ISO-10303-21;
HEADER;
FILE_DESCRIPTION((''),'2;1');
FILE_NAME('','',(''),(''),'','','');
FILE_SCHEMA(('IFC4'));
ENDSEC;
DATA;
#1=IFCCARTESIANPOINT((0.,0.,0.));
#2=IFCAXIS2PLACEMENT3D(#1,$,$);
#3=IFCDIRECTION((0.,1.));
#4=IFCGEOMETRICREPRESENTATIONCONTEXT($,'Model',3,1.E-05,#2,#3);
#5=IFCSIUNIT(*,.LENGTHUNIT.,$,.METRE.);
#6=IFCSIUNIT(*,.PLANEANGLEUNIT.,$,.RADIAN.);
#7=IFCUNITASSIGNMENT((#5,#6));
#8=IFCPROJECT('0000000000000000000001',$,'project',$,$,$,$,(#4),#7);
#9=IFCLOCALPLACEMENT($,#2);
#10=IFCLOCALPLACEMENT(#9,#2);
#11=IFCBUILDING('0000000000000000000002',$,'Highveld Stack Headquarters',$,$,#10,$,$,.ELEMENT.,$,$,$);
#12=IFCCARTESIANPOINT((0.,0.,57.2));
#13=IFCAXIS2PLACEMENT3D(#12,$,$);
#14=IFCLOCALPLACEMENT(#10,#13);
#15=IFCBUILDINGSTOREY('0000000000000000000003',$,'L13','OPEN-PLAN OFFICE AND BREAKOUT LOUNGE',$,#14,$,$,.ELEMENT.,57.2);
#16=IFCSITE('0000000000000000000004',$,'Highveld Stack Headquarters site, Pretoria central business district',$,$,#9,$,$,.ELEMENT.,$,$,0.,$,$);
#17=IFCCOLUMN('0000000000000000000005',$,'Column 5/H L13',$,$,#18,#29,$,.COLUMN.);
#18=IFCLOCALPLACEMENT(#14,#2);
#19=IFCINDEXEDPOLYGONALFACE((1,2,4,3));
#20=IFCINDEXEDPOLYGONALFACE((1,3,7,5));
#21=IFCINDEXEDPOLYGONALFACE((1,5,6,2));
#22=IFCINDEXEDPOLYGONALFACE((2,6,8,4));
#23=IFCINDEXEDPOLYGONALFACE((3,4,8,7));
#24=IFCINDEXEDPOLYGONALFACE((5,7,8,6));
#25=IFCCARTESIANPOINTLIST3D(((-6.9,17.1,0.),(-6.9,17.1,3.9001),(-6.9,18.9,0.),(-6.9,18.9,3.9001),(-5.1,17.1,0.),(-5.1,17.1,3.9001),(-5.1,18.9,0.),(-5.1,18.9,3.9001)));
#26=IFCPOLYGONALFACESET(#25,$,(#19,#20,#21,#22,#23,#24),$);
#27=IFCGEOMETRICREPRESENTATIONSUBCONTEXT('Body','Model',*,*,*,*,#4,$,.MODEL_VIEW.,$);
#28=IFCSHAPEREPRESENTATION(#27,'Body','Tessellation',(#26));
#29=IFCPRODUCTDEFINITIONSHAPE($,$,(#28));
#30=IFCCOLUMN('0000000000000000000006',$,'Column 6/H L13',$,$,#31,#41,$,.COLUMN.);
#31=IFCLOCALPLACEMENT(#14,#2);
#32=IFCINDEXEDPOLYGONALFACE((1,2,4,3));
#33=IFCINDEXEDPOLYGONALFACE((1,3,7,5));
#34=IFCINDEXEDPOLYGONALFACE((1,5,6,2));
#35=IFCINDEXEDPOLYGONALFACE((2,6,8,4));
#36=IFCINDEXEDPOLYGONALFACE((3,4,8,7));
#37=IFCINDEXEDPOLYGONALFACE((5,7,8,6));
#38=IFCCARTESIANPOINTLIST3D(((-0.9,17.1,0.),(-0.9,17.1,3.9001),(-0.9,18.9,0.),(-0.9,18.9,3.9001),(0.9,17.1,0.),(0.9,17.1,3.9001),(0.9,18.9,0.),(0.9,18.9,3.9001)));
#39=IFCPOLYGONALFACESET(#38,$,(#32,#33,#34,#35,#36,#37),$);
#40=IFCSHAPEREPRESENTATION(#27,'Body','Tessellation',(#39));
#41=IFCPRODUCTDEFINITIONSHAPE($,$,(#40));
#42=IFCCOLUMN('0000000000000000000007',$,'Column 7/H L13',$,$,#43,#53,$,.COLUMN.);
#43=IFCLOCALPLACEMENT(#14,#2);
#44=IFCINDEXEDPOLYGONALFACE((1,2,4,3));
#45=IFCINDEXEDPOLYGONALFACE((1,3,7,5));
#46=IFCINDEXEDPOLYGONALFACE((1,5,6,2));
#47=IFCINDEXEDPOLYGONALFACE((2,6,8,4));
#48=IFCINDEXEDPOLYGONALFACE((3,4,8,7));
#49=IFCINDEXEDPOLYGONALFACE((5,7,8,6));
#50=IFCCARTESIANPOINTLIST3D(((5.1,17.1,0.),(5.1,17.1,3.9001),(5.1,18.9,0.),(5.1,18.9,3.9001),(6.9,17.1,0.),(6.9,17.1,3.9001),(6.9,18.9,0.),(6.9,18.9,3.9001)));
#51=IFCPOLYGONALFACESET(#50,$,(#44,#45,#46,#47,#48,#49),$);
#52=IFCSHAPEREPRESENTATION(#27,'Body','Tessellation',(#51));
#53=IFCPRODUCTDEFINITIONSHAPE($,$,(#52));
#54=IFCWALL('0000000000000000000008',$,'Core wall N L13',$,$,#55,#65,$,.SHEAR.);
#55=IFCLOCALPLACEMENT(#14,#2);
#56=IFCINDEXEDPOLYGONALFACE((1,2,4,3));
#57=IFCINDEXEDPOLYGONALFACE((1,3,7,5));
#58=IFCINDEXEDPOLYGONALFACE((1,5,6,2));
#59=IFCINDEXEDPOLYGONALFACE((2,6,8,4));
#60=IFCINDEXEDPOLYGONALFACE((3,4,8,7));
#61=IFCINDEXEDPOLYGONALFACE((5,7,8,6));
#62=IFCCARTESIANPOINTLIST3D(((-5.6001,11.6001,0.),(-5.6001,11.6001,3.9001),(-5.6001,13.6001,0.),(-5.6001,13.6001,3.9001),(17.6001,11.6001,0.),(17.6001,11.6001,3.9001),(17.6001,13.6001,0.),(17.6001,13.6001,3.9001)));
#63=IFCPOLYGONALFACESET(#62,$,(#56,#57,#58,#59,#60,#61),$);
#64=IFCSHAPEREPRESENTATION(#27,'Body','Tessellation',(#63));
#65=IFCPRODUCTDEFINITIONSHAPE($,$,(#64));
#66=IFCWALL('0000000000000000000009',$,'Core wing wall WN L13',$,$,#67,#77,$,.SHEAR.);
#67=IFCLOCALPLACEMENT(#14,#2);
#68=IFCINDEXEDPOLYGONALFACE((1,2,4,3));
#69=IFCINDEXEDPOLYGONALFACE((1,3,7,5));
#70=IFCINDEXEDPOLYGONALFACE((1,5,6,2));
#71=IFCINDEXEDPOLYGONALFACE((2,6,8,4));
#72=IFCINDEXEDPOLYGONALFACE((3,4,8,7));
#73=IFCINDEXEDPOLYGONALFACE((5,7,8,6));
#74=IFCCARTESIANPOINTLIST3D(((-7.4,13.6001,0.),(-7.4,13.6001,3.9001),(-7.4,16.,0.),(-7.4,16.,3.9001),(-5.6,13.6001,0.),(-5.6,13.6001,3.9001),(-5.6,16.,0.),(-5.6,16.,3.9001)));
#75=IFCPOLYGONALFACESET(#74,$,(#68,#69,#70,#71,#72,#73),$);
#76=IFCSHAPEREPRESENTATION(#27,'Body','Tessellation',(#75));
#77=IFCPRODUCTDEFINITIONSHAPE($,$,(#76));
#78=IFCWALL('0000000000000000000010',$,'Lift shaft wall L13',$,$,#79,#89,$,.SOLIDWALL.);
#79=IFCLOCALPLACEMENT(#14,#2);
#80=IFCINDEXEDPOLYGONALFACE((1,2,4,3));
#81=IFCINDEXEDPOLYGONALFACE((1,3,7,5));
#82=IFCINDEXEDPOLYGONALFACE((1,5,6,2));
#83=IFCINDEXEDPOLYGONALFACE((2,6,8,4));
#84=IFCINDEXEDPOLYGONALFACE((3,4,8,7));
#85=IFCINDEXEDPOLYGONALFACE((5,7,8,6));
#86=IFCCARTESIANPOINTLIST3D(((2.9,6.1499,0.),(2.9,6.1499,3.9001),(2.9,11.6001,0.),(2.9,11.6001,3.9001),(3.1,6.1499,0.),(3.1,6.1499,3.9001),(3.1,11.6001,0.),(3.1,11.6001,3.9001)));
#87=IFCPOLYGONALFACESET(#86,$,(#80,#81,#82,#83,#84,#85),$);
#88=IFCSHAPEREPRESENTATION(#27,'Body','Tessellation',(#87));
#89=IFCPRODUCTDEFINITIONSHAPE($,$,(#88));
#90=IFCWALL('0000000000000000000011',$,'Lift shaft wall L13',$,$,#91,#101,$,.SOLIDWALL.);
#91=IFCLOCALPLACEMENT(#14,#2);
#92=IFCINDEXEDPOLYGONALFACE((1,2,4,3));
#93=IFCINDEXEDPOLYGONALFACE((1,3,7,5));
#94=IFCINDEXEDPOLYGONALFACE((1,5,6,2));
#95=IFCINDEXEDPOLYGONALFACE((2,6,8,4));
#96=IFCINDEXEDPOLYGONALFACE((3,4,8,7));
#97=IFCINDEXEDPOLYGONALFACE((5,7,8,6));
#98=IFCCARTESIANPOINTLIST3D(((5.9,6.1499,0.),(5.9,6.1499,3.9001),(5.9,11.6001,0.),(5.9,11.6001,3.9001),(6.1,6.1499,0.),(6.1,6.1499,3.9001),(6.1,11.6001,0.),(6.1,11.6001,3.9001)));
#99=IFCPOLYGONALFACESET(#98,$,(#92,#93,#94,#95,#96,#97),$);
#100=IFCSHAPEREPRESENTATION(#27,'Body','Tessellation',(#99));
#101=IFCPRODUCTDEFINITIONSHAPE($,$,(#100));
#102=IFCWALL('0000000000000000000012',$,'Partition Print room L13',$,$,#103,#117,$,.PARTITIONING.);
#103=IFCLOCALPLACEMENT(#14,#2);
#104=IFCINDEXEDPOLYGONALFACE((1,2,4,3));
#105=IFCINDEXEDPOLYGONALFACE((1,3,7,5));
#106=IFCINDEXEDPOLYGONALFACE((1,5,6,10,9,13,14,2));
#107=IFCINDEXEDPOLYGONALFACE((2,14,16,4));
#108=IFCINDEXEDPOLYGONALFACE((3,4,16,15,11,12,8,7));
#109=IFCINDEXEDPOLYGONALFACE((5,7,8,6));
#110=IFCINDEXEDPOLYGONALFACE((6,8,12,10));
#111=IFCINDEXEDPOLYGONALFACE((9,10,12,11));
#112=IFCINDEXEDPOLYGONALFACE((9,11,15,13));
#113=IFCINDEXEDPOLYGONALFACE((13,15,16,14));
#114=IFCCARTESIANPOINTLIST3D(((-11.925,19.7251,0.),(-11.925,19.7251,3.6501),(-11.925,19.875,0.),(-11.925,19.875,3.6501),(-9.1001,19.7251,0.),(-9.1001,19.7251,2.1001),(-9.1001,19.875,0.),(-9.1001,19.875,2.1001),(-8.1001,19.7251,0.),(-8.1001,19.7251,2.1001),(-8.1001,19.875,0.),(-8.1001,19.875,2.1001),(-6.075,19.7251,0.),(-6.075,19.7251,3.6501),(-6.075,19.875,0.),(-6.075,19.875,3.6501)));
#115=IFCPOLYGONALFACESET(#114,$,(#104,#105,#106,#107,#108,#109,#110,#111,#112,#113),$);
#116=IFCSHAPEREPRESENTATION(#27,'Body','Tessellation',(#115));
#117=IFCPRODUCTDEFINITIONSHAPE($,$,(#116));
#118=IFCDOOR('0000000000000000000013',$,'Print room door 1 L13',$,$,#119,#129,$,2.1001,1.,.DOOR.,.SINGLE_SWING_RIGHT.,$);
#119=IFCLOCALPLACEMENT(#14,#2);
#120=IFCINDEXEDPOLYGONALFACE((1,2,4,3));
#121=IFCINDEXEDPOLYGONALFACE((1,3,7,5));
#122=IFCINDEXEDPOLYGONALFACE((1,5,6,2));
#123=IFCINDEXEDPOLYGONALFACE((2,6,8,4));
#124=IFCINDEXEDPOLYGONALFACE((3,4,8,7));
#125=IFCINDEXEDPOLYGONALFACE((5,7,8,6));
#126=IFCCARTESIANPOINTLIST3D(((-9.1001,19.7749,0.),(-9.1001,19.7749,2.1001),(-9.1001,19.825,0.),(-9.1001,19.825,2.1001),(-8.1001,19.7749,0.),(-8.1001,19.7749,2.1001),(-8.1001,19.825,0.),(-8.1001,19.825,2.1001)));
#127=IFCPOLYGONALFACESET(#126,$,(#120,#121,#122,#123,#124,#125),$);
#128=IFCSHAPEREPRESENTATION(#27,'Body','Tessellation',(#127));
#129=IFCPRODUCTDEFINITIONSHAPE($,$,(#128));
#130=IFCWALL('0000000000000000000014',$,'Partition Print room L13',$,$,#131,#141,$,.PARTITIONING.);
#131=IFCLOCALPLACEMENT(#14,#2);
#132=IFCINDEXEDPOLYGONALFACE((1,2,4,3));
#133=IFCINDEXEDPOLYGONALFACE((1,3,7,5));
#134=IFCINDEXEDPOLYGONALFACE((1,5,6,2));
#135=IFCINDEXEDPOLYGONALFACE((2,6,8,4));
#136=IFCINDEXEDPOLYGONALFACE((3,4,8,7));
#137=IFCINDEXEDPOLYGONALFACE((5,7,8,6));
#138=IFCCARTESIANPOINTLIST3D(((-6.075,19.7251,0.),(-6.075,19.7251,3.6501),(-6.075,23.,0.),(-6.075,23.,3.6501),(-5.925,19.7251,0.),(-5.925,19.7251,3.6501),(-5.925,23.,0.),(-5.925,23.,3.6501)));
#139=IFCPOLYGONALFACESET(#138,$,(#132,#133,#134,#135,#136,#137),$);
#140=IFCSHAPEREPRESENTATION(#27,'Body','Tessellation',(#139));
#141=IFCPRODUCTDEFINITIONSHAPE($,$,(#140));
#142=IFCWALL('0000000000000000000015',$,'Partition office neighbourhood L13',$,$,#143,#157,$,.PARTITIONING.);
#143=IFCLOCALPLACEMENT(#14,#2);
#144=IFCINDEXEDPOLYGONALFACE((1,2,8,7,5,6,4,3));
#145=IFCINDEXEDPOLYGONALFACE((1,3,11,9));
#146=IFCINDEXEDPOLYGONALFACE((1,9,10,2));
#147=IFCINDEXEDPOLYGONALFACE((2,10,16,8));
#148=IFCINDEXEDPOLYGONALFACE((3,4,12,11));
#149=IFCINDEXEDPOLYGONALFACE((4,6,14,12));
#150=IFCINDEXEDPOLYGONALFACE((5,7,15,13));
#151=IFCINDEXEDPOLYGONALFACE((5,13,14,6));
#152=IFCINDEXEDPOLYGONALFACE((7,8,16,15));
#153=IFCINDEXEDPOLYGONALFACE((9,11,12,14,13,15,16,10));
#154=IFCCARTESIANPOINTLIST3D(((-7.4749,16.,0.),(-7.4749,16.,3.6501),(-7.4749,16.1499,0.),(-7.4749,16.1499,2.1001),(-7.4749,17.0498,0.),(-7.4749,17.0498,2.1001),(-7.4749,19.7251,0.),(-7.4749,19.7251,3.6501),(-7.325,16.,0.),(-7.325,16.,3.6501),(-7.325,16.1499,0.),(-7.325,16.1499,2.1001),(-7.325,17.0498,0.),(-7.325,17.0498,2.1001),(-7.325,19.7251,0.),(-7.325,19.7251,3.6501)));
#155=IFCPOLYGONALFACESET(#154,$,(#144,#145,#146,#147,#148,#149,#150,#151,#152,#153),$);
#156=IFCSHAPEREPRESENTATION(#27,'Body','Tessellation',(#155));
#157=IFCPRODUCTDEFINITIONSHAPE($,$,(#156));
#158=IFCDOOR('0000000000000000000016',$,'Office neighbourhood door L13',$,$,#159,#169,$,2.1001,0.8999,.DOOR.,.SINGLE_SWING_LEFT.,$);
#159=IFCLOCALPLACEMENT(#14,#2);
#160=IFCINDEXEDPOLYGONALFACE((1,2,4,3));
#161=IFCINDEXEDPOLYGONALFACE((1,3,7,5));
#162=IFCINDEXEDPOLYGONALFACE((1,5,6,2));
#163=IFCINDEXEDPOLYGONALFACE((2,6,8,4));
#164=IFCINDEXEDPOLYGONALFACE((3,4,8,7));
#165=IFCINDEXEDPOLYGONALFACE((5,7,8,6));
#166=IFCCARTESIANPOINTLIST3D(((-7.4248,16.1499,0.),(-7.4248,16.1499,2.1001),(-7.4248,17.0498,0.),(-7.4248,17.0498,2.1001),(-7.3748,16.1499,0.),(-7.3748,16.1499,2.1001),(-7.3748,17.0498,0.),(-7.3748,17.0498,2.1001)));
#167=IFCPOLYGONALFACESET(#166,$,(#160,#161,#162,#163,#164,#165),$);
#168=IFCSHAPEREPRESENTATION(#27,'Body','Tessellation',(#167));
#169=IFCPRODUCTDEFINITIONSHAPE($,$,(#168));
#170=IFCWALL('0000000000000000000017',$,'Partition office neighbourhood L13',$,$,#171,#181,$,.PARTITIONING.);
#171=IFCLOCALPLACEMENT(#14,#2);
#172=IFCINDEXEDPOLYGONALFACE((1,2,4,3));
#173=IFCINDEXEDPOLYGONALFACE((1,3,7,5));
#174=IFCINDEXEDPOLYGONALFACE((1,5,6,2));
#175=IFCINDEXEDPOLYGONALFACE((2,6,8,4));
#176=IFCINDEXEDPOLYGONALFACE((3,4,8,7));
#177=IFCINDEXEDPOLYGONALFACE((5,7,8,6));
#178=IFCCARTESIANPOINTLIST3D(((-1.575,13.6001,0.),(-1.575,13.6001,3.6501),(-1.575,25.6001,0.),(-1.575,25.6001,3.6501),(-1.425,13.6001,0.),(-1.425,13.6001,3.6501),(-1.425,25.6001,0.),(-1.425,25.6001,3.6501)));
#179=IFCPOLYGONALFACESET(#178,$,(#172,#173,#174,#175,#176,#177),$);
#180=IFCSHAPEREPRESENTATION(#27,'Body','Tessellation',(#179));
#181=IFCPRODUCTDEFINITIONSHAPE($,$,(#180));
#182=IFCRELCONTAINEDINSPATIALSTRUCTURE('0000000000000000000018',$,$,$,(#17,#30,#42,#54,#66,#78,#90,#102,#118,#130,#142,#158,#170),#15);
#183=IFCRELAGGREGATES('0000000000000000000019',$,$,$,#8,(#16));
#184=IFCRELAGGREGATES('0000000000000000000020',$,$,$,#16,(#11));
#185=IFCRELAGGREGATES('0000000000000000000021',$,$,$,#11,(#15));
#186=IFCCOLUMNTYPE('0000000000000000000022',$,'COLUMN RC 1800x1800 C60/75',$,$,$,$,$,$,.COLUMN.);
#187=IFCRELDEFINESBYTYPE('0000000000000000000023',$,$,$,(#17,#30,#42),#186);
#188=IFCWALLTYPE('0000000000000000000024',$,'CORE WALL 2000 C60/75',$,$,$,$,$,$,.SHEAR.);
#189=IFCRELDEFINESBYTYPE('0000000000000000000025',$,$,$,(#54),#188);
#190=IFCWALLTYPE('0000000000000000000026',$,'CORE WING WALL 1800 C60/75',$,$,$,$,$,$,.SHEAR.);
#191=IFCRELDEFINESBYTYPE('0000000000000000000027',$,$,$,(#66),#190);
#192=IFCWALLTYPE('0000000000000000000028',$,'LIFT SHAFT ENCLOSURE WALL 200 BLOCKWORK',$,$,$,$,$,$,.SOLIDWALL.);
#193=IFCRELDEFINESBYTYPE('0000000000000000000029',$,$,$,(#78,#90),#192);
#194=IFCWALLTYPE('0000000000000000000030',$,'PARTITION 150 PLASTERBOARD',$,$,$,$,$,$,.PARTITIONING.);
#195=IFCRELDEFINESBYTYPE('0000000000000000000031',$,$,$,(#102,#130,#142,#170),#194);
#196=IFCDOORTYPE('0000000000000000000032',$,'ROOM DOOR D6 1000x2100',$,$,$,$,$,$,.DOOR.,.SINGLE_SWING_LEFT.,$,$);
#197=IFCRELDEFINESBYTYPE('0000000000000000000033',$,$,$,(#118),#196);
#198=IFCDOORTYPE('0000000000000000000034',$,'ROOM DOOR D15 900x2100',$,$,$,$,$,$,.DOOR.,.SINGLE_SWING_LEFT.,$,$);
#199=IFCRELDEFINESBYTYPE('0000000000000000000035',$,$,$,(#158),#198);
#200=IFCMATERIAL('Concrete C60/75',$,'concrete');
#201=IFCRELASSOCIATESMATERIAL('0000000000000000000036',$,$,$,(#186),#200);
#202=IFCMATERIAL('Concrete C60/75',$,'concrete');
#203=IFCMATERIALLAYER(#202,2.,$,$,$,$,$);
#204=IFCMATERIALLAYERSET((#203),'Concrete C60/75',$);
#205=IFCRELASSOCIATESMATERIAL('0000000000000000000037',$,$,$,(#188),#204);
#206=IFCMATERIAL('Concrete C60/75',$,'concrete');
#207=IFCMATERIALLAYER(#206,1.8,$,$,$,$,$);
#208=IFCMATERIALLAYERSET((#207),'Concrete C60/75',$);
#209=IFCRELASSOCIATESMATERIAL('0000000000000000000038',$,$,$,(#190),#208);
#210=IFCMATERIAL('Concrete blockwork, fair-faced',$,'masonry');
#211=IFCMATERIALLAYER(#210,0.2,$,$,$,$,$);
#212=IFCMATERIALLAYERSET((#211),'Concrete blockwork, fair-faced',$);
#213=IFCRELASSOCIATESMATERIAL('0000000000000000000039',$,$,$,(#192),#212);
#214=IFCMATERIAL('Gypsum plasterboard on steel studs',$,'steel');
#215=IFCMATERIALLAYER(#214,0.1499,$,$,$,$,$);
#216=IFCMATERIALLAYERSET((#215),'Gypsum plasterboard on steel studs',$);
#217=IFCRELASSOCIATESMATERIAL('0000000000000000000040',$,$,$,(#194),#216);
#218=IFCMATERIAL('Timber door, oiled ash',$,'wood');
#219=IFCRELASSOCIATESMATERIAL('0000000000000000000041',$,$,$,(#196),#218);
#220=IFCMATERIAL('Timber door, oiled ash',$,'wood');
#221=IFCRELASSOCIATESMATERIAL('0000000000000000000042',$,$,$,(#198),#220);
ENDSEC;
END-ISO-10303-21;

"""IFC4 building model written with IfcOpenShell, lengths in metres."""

from ifc_helpers import new_model, si_unit, direction, frame, frame_2d, origin, origin_2d, place, context, subcontext, project, spatial, rectangle, extrude, material, layer, layer_set, material_profile, profile_set, type_object, element, fill, save


model = new_model("IFC4")

# Units and contexts
model_context = context("Model", 3, precision=1e-05, world=origin(), true_north=direction((0.0, 1.0)))
body_context = subcontext(model_context, "Body", "Model", "MODEL_VIEW")
ifc_project = project(units=[si_unit("LENGTHUNIT", "METRE"), si_unit("PLANEANGLEUNIT", "RADIAN")], contexts=[model_context])

# Site, building, storey
site_placement = place(None, origin())
site = spatial("IfcSite", under=ifc_project, at=site_placement, Name="Highveld Stack Headquarters site, Pretoria central business district", CompositionType="ELEMENT", RefElevation=0.0)
building_placement = place(site_placement, origin())
building = spatial("IfcBuilding", under=site, at=building_placement, Name="Highveld Stack Headquarters", CompositionType="ELEMENT")
storey_placement = place(building_placement, frame((0.0, 0.0, 57.2)))
storey = spatial("IfcBuildingStorey", under=building, at=storey_placement, Name="L13", Description="OPEN-PLAN OFFICE AND BREAKOUT LOUNGE", CompositionType="ELEMENT", Elevation=57.2)

# Columns
ifc_material_1 = material(Name="Concrete C60/75", Category="concrete")
ifc_material_profile = material_profile(ifc_material_1, rectangle(XDim=1.8, YDim=1.8, at=origin_2d()), Name="RC 1800x1800")
ifc_profile_set = profile_set([ifc_material_profile], Name="Concrete C60/75")
column_type = type_object("IfcColumnType", Name="COLUMN RC 1800x1800 C60/75", PredefinedType="COLUMN", material=ifc_profile_set)
for number, where, z_axis, x_axis, name in (
    (1, (-6.0, 18.0, 0.0), (0.0, 0.0, 1.0), (1.0, 0.0, 0.0), "Column 5/H L13"),
    (2, (0.0, 18.0, 0.0), (0.0, 0.0, 1.0), (1.0, 0.0, 0.0), "Column 6/H L13"),
    (3, (6.0, 18.0, 0.0), (0.0, 0.0, 1.0), (1.0, 0.0, 0.0), "Column 7/H L13"),
):
    element("IfcColumn", number, at=place(storey_placement, frame(where, z_axis=z_axis, x_axis=x_axis)), inside=storey, type_object=column_type, Name=name, PredefinedType="COLUMN", context=body_context, shape_type="SweptSolid", body=[
        extrude(rectangle(XDim=1.8, YDim=1.8, at=origin_2d()), origin(), (0.0, 0.0, 1.0), 3.9001),
    ])

# Walls
ifc_material_2 = material(Name="Concrete C60/75", Category="concrete")
ifc_layer_1 = layer(ifc_material_2, 2.0)
ifc_layer_set_1 = layer_set([ifc_layer_1], Name="Concrete C60/75")
wall_type_1 = type_object("IfcWallType", Name="CORE WALL 2000 C60/75", PredefinedType="SHEAR", material=ifc_layer_set_1)
wall_1_placement = place(storey_placement, frame((-5.6001, 12.6001, 0.0), z_axis=(0.0, 0.0, 1.0), x_axis=(1.0, 0.0, 0.0)))
element("IfcWall", 4, at=wall_1_placement, inside=storey, type_object=wall_type_1, Name="Core wall N L13", PredefinedType="SHEAR", context=body_context, shape_type="SweptSolid", body=[
    extrude(rectangle(XDim=23.2002, YDim=2.0, at=frame_2d((11.6001, 0.0))), origin(), (0.0, 0.0, 1.0), 3.9001),
])
ifc_material_3 = material(Name="Concrete C60/75", Category="concrete")
ifc_layer_2 = layer(ifc_material_3, 1.8)
ifc_layer_set_2 = layer_set([ifc_layer_2], Name="Concrete C60/75")
wall_type_2 = type_object("IfcWallType", Name="CORE WING WALL 1800 C60/75", PredefinedType="SHEAR", material=ifc_layer_set_2)
wall_2_placement = place(storey_placement, frame((-6.5, 13.6001, 0.0), z_axis=(0.0, 0.0, 1.0), x_axis=(0.0, 1.0, 0.0)))
element("IfcWall", 5, at=wall_2_placement, inside=storey, type_object=wall_type_2, Name="Core wing wall WN L13", PredefinedType="SHEAR", context=body_context, shape_type="SweptSolid", body=[
    extrude(rectangle(XDim=2.3999, YDim=1.8, at=frame_2d((1.2, 0.0))), origin(), (0.0, 0.0, 1.0), 3.9001),
])
ifc_material_4 = material(Name="Concrete blockwork, fair-faced", Category="masonry")
ifc_layer_3 = layer(ifc_material_4, 0.2)
ifc_layer_set_3 = layer_set([ifc_layer_3], Name="Concrete blockwork, fair-faced")
wall_type_3 = type_object("IfcWallType", Name="LIFT SHAFT ENCLOSURE WALL 200 BLOCKWORK", PredefinedType="SOLIDWALL", material=ifc_layer_set_3)
for number, where, z_axis, x_axis, name in (
    (6, (3.0, 6.1499, 0.0), (0.0, 0.0, 1.0), (0.0, 1.0, 0.0), "Lift shaft wall L13"),
    (7, (6.0, 6.1499, 0.0), (0.0, 0.0, 1.0), (0.0, 1.0, 0.0), "Lift shaft wall L13"),
):
    element("IfcWall", number, at=place(storey_placement, frame(where, z_axis=z_axis, x_axis=x_axis)), inside=storey, type_object=wall_type_3, Name=name, PredefinedType="SOLIDWALL", context=body_context, shape_type="SweptSolid", body=[
        extrude(rectangle(XDim=5.4502, YDim=0.2, at=frame_2d((2.7251, 0.0))), origin(), (0.0, 0.0, 1.0), 3.9001),
    ])

# Wall, opening, door
ifc_material_5 = material(Name="Gypsum plasterboard on steel studs", Category="steel")
ifc_layer_4 = layer(ifc_material_5, 0.1499)
ifc_layer_set_4 = layer_set([ifc_layer_4], Name="Gypsum plasterboard on steel studs")
wall_type_4 = type_object("IfcWallType", Name="PARTITION 150 PLASTERBOARD", PredefinedType="PARTITIONING", material=ifc_layer_set_4)
wall_3_placement = place(storey_placement, frame((-11.925, 19.8, 0.0), z_axis=(0.0, 0.0, 1.0), x_axis=(1.0, 0.0, 0.0)))
wall_3 = element("IfcWall", 8, at=wall_3_placement, inside=storey, type_object=wall_type_4, Name="Partition Print room L13", PredefinedType="PARTITIONING", context=body_context, shape_type="SweptSolid", body=[
    extrude(rectangle(XDim=5.8501, YDim=0.1499, at=frame_2d((2.925, 0.0))), origin(), (0.0, 0.0, 1.0), 3.6501),
])
opening_1_placement = place(wall_3_placement, frame((2.825, 0.0, 0.0)))
opening_1 = element("IfcOpeningElement", 9, at=opening_1_placement, cuts=wall_3, PredefinedType="OPENING", context=body_context, shape_type="SweptSolid", body=[
    extrude(rectangle(XDim=1.0, YDim=2.1001, at=frame_2d((0.5, 1.05))), frame((0.0, 0.085, 0.0), z_axis=(0.0, -1.0, 0.0), x_axis=(1.0, 0.0, 0.0)), (0.0, 0.0, 1.0), 0.1699),
])
ifc_material_6 = material(Name="Timber door, oiled ash", Category="wood")
door_type_1 = type_object("IfcDoorType", Name="ROOM DOOR D6 1000x2100", OperationType="SINGLE_SWING_LEFT", PredefinedType="DOOR", material=ifc_material_6)
door_1_placement = place(opening_1_placement, origin())
door_1 = element("IfcDoor", 10, at=door_1_placement, inside=storey, type_object=door_type_1, Name="Print room door 1 L13", OperationType="SINGLE_SWING_RIGHT", OverallHeight=2.1001, OverallWidth=1.0, PredefinedType="DOOR", context=body_context, shape_type="SweptSolid", body=[
    extrude(rectangle(XDim=1.0, YDim=2.1001, at=frame_2d((0.5, 1.05))), frame((0.0, 0.0249, 0.0), z_axis=(0.0, -1.0, 0.0), x_axis=(1.0, 0.0, 0.0)), (0.0, 0.0, 1.0), 0.05),
])
fill(opening_1, door_1)

# Wall
wall_4_placement = place(storey_placement, frame((-6.0, 19.7251, 0.0), z_axis=(0.0, 0.0, 1.0), x_axis=(0.0, 1.0, 0.0)))
element("IfcWall", 11, at=wall_4_placement, inside=storey, type_object=wall_type_4, Name="Partition Print room L13", PredefinedType="PARTITIONING", context=body_context, shape_type="SweptSolid", body=[
    extrude(rectangle(XDim=3.2749, YDim=0.1499, at=frame_2d((1.6375, 0.0))), origin(), (0.0, 0.0, 1.0), 3.6501),
])

# Wall, opening, door
wall_5_placement = place(storey_placement, frame((-7.3999, 16.0, 0.0), z_axis=(0.0, 0.0, 1.0), x_axis=(0.0, 1.0, 0.0)))
wall_5 = element("IfcWall", 12, at=wall_5_placement, inside=storey, type_object=wall_type_4, Name="Partition office neighbourhood L13", PredefinedType="PARTITIONING", context=body_context, shape_type="SweptSolid", body=[
    extrude(rectangle(XDim=3.7251, YDim=0.1499, at=frame_2d((1.8625, 0.0))), origin(), (0.0, 0.0, 1.0), 3.6501),
])
opening_2_placement = place(wall_5_placement, frame((0.1499, 0.0, 0.0)))
opening_2 = element("IfcOpeningElement", 13, at=opening_2_placement, cuts=wall_5, PredefinedType="OPENING", context=body_context, shape_type="SweptSolid", body=[
    extrude(rectangle(XDim=0.8999, YDim=2.1001, at=frame_2d((0.45, 1.05))), frame((0.0, 0.085, 0.0), z_axis=(0.0, -1.0, 0.0), x_axis=(1.0, 0.0, 0.0)), (0.0, 0.0, 1.0), 0.1699),
])
ifc_material_7 = material(Name="Timber door, oiled ash", Category="wood")
door_type_2 = type_object("IfcDoorType", Name="ROOM DOOR D15 900x2100", OperationType="SINGLE_SWING_LEFT", PredefinedType="DOOR", material=ifc_material_7)
door_2_placement = place(opening_2_placement, origin())
door_2 = element("IfcDoor", 14, at=door_2_placement, inside=storey, type_object=door_type_2, Name="Office neighbourhood door L13", OperationType="SINGLE_SWING_LEFT", OverallHeight=2.1001, OverallWidth=0.8999, PredefinedType="DOOR", context=body_context, shape_type="SweptSolid", body=[
    extrude(rectangle(XDim=0.8999, YDim=2.1001, at=frame_2d((0.45, 1.05))), frame((0.0, 0.0249, 0.0), z_axis=(0.0, -1.0, 0.0), x_axis=(1.0, 0.0, 0.0)), (0.0, 0.0, 1.0), 0.05),
])
fill(opening_2, door_2)

# Wall
wall_6_placement = place(storey_placement, frame((-1.5, 13.6001, 0.0), z_axis=(0.0, 0.0, 1.0), x_axis=(0.0, 1.0, 0.0)))
element("IfcWall", 15, at=wall_6_placement, inside=storey, type_object=wall_type_4, Name="Partition office neighbourhood L13", PredefinedType="PARTITIONING", context=body_context, shape_type="SweptSolid", body=[
    extrude(rectangle(XDim=12.0, YDim=0.1499, at=frame_2d((6.0, 0.0))), origin(), (0.0, 0.0, 1.0), 3.6501),
])

save(model, "model.ifc")
